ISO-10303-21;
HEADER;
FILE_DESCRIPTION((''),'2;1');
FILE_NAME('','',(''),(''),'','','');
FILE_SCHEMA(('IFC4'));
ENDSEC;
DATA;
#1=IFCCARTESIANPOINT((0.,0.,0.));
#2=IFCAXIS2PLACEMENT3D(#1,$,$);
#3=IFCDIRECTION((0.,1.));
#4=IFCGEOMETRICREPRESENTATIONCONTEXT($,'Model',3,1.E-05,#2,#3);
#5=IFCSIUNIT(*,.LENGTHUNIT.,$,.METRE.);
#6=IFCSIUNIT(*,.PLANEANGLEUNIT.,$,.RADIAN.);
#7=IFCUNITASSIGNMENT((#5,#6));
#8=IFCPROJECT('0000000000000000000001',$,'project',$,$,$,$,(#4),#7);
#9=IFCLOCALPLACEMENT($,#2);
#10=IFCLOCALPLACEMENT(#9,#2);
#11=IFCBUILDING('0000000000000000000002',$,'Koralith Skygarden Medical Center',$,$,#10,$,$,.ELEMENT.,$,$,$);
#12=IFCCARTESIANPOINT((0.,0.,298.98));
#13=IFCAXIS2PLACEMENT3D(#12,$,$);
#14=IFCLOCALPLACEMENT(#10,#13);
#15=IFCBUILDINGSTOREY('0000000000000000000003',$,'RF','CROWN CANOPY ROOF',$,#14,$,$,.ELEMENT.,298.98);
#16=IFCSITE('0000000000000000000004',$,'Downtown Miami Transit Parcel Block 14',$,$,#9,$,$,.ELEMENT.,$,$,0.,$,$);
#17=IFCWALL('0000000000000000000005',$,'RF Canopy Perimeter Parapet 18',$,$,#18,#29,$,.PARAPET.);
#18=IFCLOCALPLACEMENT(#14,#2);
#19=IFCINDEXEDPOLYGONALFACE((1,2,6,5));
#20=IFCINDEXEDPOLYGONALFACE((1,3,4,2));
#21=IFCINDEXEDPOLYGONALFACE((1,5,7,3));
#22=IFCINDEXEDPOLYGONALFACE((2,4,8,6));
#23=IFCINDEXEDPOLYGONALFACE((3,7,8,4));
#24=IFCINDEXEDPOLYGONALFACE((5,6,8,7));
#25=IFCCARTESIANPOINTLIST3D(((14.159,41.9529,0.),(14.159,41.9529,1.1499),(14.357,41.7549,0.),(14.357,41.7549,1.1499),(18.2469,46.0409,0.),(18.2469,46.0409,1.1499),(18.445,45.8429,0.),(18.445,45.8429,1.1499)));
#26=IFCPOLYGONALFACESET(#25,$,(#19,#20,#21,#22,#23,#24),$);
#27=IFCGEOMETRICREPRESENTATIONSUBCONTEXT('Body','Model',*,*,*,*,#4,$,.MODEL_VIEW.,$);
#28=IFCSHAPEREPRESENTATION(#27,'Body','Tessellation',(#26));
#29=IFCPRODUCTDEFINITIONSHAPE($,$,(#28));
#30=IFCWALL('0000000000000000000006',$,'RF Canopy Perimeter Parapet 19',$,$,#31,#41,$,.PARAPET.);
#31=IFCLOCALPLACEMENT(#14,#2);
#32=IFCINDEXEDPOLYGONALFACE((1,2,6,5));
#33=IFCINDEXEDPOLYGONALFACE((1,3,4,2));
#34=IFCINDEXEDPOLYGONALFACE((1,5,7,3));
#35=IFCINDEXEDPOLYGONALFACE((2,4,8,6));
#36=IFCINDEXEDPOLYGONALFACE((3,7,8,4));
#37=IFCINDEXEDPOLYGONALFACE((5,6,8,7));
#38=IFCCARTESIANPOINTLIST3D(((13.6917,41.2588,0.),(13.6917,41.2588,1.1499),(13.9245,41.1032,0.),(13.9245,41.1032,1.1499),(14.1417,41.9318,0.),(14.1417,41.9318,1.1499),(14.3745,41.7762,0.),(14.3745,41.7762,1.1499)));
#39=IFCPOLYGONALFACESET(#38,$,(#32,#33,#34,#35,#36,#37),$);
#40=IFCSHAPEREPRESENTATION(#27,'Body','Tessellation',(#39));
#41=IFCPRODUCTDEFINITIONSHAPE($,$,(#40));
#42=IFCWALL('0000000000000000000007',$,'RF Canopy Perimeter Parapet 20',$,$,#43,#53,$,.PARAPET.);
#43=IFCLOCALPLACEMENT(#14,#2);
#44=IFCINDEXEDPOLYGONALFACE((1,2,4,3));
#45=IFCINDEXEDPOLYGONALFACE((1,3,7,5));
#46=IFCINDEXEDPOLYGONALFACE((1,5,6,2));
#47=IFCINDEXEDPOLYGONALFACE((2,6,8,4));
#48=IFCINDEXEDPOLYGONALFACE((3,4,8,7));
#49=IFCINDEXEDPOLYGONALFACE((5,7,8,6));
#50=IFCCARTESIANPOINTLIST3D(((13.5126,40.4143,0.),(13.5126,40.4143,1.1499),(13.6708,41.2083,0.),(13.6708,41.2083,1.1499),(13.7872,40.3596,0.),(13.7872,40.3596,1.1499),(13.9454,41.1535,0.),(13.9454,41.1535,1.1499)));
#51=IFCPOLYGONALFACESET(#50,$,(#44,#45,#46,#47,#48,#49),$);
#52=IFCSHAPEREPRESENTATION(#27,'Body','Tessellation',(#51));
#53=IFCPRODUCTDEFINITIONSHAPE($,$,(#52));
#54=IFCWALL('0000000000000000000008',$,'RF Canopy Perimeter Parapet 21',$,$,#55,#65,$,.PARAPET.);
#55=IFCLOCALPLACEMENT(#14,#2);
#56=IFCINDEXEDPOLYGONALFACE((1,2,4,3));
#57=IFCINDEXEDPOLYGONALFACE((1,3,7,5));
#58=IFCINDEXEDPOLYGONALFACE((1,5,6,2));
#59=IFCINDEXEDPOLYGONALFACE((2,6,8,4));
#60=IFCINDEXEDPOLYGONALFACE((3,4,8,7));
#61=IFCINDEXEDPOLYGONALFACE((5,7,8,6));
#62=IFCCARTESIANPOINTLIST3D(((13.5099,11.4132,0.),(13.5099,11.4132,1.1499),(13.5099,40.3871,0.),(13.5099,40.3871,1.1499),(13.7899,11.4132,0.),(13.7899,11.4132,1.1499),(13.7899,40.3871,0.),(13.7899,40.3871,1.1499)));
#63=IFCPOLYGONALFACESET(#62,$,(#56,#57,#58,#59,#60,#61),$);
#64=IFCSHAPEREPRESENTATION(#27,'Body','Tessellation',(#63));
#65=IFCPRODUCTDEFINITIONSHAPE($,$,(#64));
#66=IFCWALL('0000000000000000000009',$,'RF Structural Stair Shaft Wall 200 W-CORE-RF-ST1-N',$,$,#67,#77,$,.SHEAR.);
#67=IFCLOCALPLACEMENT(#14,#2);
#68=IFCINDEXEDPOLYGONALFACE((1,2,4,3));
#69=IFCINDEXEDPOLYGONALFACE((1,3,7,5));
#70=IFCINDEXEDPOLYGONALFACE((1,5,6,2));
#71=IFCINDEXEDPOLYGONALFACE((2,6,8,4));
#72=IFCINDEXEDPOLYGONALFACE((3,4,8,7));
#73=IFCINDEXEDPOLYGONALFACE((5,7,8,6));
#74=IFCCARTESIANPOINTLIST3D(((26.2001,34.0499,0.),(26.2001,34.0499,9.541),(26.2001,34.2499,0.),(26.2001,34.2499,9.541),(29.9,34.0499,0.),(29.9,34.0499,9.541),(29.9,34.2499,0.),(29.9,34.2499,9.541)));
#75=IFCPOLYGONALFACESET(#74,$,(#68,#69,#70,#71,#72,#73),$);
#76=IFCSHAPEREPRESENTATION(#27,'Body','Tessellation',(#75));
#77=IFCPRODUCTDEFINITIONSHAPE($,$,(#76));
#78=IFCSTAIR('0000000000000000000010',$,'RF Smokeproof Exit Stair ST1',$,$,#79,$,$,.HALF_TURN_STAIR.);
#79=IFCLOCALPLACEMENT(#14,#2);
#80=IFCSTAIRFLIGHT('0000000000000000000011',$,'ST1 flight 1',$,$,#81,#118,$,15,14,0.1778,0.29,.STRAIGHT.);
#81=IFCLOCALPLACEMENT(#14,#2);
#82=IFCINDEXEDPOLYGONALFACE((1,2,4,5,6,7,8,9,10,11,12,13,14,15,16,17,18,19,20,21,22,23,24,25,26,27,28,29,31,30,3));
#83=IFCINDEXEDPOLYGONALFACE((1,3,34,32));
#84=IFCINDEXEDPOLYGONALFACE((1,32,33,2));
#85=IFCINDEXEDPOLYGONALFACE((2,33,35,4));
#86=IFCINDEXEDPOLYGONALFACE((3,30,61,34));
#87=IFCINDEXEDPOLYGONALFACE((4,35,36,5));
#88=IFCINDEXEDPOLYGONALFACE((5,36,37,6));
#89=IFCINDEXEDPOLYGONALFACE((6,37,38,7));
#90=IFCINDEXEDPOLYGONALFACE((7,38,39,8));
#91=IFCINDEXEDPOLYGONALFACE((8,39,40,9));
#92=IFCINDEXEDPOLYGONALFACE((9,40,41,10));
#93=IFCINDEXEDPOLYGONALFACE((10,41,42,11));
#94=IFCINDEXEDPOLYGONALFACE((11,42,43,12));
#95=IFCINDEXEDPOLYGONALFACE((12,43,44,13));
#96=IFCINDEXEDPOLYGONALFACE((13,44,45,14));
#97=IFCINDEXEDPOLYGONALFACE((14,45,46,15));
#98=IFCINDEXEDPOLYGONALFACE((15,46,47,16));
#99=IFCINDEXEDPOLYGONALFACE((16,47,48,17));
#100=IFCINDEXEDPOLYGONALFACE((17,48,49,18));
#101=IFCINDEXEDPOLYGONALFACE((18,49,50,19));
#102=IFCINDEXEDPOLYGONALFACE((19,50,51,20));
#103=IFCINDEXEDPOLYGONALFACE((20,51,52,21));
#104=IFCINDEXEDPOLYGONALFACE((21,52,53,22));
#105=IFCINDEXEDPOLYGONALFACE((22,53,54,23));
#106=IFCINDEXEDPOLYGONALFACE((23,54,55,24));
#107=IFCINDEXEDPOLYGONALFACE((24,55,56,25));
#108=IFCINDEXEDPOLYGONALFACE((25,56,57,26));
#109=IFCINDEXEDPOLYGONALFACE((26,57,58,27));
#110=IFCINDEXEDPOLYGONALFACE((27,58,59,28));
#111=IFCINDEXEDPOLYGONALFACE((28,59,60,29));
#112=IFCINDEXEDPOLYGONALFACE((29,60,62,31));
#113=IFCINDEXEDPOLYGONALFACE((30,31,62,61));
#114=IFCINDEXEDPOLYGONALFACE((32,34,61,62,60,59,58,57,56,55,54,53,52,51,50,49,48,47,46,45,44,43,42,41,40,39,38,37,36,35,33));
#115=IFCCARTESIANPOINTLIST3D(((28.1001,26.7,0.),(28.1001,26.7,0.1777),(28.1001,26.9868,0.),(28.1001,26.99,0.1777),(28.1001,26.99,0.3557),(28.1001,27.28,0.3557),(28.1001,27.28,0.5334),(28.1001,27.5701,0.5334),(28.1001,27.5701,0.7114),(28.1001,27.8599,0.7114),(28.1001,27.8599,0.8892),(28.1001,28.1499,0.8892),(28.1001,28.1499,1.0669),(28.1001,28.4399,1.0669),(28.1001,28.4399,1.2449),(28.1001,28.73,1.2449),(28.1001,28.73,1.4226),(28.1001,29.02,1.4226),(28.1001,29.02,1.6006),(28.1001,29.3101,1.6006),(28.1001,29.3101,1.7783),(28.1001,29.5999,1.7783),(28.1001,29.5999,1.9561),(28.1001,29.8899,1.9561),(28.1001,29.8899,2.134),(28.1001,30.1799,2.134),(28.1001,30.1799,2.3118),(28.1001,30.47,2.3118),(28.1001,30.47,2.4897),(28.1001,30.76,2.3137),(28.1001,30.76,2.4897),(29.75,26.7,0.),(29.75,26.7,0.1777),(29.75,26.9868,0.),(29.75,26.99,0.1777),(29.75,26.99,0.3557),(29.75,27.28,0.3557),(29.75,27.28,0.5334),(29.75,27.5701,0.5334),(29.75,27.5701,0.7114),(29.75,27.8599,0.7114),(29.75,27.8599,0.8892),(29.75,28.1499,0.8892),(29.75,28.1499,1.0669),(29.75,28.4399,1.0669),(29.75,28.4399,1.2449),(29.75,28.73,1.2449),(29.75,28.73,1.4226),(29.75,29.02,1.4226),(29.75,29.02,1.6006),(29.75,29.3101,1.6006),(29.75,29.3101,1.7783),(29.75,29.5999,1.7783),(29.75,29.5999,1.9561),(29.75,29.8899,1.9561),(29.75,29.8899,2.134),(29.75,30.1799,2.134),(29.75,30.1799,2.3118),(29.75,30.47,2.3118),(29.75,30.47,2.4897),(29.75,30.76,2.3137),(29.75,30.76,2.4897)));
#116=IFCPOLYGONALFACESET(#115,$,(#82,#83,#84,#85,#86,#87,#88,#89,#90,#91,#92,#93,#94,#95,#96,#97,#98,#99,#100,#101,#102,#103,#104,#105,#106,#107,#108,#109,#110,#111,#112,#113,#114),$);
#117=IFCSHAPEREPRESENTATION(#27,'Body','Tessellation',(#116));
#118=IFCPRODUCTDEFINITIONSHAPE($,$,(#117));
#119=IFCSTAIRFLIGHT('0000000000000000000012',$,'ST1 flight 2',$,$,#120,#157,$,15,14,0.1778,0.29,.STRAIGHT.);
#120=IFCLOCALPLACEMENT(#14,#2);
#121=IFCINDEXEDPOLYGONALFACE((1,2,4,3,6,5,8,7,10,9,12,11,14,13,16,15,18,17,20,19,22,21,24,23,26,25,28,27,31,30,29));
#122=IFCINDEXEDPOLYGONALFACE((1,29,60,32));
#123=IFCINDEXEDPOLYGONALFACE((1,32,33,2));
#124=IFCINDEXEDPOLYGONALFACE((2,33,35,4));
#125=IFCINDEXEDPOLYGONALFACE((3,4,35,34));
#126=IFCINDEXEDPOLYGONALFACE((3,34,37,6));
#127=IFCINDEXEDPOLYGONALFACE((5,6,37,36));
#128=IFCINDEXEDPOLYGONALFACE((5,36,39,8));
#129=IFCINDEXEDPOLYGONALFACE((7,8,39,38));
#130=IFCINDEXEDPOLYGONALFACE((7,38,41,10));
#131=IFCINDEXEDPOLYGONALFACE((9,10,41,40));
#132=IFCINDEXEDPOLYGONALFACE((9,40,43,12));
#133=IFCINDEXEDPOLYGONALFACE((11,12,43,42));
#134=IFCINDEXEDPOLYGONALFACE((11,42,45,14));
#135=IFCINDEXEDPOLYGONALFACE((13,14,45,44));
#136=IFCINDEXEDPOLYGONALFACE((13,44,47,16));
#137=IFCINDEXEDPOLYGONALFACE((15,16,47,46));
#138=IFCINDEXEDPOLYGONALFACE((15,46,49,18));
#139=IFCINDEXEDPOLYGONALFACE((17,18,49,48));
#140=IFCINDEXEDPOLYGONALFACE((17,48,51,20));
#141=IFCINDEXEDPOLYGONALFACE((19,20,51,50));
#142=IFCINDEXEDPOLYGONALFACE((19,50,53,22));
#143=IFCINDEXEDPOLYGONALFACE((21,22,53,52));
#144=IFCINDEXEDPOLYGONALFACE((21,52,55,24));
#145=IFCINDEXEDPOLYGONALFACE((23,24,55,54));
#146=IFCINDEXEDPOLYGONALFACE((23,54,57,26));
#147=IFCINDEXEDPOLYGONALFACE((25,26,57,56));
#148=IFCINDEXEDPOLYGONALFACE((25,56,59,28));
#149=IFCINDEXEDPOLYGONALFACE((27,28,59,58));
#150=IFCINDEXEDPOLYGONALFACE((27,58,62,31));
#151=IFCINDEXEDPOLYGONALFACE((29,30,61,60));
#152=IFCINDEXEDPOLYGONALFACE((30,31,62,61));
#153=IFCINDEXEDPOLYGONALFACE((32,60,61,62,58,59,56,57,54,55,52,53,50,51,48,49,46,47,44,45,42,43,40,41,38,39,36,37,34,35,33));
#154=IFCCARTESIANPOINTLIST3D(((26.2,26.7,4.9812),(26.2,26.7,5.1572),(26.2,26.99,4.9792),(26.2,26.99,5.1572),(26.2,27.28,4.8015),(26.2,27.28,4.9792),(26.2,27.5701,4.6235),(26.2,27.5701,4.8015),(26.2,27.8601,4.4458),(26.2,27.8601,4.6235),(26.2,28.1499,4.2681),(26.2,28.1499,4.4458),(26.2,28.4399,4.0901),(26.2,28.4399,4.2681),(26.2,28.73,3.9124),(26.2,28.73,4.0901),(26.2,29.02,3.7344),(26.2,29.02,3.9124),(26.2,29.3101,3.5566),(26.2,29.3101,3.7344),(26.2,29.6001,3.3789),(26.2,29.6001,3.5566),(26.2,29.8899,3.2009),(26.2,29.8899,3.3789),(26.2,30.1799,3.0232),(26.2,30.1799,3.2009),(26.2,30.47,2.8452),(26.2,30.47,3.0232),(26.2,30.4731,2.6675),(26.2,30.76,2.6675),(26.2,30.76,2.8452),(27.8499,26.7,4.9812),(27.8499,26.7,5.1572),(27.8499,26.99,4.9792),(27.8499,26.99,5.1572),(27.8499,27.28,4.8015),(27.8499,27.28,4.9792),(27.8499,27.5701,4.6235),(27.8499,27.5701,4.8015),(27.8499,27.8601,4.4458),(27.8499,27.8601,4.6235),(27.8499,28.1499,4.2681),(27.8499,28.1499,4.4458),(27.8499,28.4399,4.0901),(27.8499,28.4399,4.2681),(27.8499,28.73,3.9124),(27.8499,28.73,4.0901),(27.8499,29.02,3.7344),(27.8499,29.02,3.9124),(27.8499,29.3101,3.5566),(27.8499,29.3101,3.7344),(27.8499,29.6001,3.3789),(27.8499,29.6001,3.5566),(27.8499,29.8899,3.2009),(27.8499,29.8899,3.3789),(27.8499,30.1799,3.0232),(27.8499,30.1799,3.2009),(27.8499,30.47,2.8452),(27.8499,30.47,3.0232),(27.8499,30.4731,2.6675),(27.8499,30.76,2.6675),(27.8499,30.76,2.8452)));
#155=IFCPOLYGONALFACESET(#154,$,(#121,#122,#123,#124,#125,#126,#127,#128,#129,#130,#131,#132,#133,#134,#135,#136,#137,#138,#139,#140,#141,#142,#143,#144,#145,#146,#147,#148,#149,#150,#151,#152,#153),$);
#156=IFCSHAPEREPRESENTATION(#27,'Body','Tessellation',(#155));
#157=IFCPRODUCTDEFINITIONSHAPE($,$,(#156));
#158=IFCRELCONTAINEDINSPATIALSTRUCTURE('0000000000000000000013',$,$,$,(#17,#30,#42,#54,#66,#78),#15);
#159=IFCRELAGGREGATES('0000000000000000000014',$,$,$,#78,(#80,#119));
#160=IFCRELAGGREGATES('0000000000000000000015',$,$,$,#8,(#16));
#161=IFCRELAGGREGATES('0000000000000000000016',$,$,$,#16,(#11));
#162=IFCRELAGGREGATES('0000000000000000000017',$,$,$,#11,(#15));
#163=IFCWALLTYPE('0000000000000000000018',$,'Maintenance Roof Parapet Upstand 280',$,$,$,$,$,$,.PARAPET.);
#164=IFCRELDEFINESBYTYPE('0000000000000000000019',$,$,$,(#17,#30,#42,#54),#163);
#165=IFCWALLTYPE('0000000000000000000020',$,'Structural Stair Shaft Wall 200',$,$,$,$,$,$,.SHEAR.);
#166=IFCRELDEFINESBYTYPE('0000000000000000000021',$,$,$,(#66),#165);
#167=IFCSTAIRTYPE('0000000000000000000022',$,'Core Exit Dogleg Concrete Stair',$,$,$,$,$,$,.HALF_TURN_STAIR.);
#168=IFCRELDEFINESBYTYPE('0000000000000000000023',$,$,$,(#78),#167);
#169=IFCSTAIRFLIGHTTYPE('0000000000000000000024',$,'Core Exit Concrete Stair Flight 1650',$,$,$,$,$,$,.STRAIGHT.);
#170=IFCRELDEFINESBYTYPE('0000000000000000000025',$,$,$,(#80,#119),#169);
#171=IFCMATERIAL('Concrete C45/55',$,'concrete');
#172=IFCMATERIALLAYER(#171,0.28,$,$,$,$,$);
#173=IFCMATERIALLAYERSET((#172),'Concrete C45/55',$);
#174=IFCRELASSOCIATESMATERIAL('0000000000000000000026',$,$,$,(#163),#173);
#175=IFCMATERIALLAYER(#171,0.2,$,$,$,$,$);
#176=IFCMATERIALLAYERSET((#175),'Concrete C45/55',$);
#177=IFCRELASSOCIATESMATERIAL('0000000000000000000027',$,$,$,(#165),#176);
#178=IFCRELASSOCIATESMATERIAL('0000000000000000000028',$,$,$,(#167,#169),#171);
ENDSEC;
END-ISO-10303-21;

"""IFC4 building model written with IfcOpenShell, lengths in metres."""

from ifc_helpers import new_model, si_unit, direction, frame, frame_2d, origin, place, context, subcontext, project, spatial, polyline, rectangle, outline, extrude, material, layer, layer_set, type_object, element, aggregate, save


model = new_model("IFC4")

# Units and contexts
model_context = context("Model", 3, precision=1e-05, world=origin(), true_north=direction((0.0, 1.0)))
body_context = subcontext(model_context, "Body", "Model", "MODEL_VIEW")
ifc_project = project(units=[si_unit("LENGTHUNIT", "METRE"), si_unit("PLANEANGLEUNIT", "RADIAN")], contexts=[model_context])

# Site, building, storey
site_placement = place(None, origin())
site = spatial("IfcSite", under=ifc_project, at=site_placement, Name="Downtown Miami Transit Parcel Block 14", CompositionType="ELEMENT", RefElevation=0.0)
building_placement = place(site_placement, origin())
building = spatial("IfcBuilding", under=site, at=building_placement, Name="Koralith Skygarden Medical Center", CompositionType="ELEMENT")
storey_placement = place(building_placement, frame((0.0, 0.0, 298.98)))
storey = spatial("IfcBuildingStorey", under=building, at=storey_placement, Name="RF", Description="CROWN CANOPY ROOF", CompositionType="ELEMENT", Elevation=298.98)

# Walls
ifc_material_1 = material(Name="Concrete C45/55", Category="concrete")
ifc_layer_1 = layer(ifc_material_1, 0.28)
ifc_layer_set_1 = layer_set([ifc_layer_1], Name="Concrete C45/55")
wall_type_1 = type_object("IfcWallType", Name="Maintenance Roof Parapet Upstand 280", PredefinedType="PARAPET", material=ifc_layer_set_1)
wall_1_placement = place(storey_placement, frame((18.3459, 45.9419, 0.0), z_axis=(0.0, 0.0, 1.0), x_axis=(-0.707107, -0.707107, 0.0)))
element("IfcWall", 1, at=wall_1_placement, inside=storey, type_object=wall_type_1, Name="RF Canopy Perimeter Parapet 18", PredefinedType="PARAPET", context=body_context, shape_type="SweptSolid", body=[
    extrude(rectangle(XDim=5.7812, YDim=0.28, at=frame_2d((2.8906, 0.0))), origin(), (0.0, 0.0, 1.0), 1.1499),
])
for number, where, z_axis, x_axis, name in (
    (2, (14.2581, 41.854, 0.0), (0.0, 0.0, 1.0), (-0.555744, -0.831354, 0.0), "RF Canopy Perimeter Parapet 19"),
    (3, (13.8081, 41.1809, 0.0), (0.0, 0.0, 1.0), (-0.19542, -0.98072, 0.0), "RF Canopy Perimeter Parapet 20"),
):
    element("IfcWall", number, at=place(storey_placement, frame(where, z_axis=z_axis, x_axis=x_axis)), inside=storey, type_object=wall_type_1, Name=name, PredefinedType="PARAPET", context=body_context, shape_type="SweptSolid", body=[
        extrude(rectangle(XDim=0.8096, YDim=0.28, at=frame_2d((0.4048, 0.0))), origin(), (0.0, 0.0, 1.0), 1.1499),
    ])
wall_2_placement = place(storey_placement, frame((13.6499, 40.387, 0.0), z_axis=(0.0, 0.0, 1.0), x_axis=(0.0, -1.0, 0.0)))
element("IfcWall", 4, at=wall_2_placement, inside=storey, type_object=wall_type_1, Name="RF Canopy Perimeter Parapet 21", PredefinedType="PARAPET", context=body_context, shape_type="SweptSolid", body=[
    extrude(rectangle(XDim=28.9739, YDim=0.28, at=frame_2d((14.4868, 0.0))), origin(), (0.0, 0.0, 1.0), 1.1499),
])
ifc_layer_2 = layer(ifc_material_1, 0.2)
ifc_layer_set_2 = layer_set([ifc_layer_2], Name="Concrete C45/55")
wall_type_2 = type_object("IfcWallType", Name="Structural Stair Shaft Wall 200", PredefinedType="SHEAR", material=ifc_layer_set_2)
wall_3_placement = place(storey_placement, frame((26.2, 34.1499, 0.0), z_axis=(0.0, 0.0, 1.0), x_axis=(1.0, 0.0, 0.0)))
element("IfcWall", 5, at=wall_3_placement, inside=storey, type_object=wall_type_2, Name="RF Structural Stair Shaft Wall 200 W-CORE-RF-ST1-N", PredefinedType="SHEAR", context=body_context, shape_type="SweptSolid", body=[
    extrude(rectangle(XDim=3.7, YDim=0.2, at=frame_2d((1.8501, 0.0))), origin(), (0.0, 0.0, 1.0), 9.541),
])

# Stair, stair flights
stair_type = type_object("IfcStairType", Name="Core Exit Dogleg Concrete Stair", PredefinedType="HALF_TURN_STAIR", material=ifc_material_1)
stair_placement = place(storey_placement, origin())
stair = element("IfcStair", 6, at=stair_placement, inside=storey, type_object=stair_type, Name="RF Smokeproof Exit Stair ST1", PredefinedType="HALF_TURN_STAIR")
stair_flight_type = type_object("IfcStairFlightType", Name="Core Exit Concrete Stair Flight 1650", PredefinedType="STRAIGHT", material=ifc_material_1)
stair_flight_1_placement = place(storey_placement, frame((28.925, 26.7, 0.0), z_axis=(0.0, 0.0, 1.0), x_axis=(0.0, 1.0, 0.0)))
stair_flight_1 = element("IfcStairFlight", 7, at=stair_flight_1_placement, type_object=stair_flight_type, Name="ST1 flight 1", NumberOfRisers=15, NumberOfTreads=14, PredefinedType="STRAIGHT", RiserHeight=0.1778, TreadLength=0.29, context=body_context, shape_type="SweptSolid", body=[
    extrude(outline(polyline([(0.0, 0.0), (0.0, 0.1777), (0.29, 0.1777), (0.29, 0.3557), (0.5801, 0.3557), (0.5801, 0.5334), (0.8701, 0.5334), (0.8701, 0.7114), (1.1599, 0.7114), (1.1599, 0.8892), (1.45, 0.8892), (1.45, 1.0669), (1.74, 1.0669), (1.74, 1.2449), (2.03, 1.2449), (2.03, 1.4226), (2.3201, 1.4226), (2.3201, 1.6006), (2.6101, 1.6006), (2.6101, 1.7783), (2.8999, 1.7783), (2.8999, 1.9561), (3.1899, 1.9561), (3.1899, 2.134), (3.48, 2.134), (3.48, 2.3118), (3.77, 2.3118), (3.77, 2.4897), (4.0601, 2.4897), (4.0601, 2.6675), (4.0601, 2.3137), (0.2869, 0.0), (0.0, 0.0)])), frame((0.0, 0.825, 0.0), z_axis=(0.0, -1.0, 0.0), x_axis=(1.0, 0.0, 0.0)), (0.0, 0.0, 1.0), 1.6499),
])
stair_flight_2_placement = place(storey_placement, frame((27.0249, 30.76, 2.6675), z_axis=(0.0, 0.0, 1.0), x_axis=(0.0, -1.0, 0.0)))
stair_flight_2 = element("IfcStairFlight", 8, at=stair_flight_2_placement, type_object=stair_flight_type, Name="ST1 flight 2", NumberOfRisers=15, NumberOfTreads=14, PredefinedType="STRAIGHT", RiserHeight=0.1778, TreadLength=0.29, context=body_context, shape_type="SweptSolid", body=[
    extrude(outline(polyline([(0.0, 0.0), (0.0, 0.1777), (0.29, 0.1777), (0.29, 0.3557), (0.5801, 0.3557), (0.5801, 0.5334), (0.8701, 0.5334), (0.8701, 0.7114), (1.1599, 0.7114), (1.1599, 0.8892), (1.45, 0.8892), (1.45, 1.0669), (1.74, 1.0669), (1.74, 1.2449), (2.03, 1.2449), (2.03, 1.4226), (2.3201, 1.4226), (2.3201, 1.6006), (2.6101, 1.6006), (2.6101, 1.7783), (2.8999, 1.7783), (2.8999, 1.9561), (3.1899, 1.9561), (3.1899, 2.134), (3.48, 2.134), (3.48, 2.3118), (3.77, 2.3118), (3.77, 2.4897), (4.0601, 2.4897), (4.0601, 2.6675), (4.0601, 2.3137), (0.2869, 0.0), (0.0, 0.0)])), frame((0.0, 0.825, 0.0), z_axis=(0.0, -1.0, 0.0), x_axis=(1.0, 0.0, 0.0)), (0.0, 0.0, 1.0), 1.6499),
])
aggregate(stair, [stair_flight_1, stair_flight_2])

save(model, "model.ifc")
